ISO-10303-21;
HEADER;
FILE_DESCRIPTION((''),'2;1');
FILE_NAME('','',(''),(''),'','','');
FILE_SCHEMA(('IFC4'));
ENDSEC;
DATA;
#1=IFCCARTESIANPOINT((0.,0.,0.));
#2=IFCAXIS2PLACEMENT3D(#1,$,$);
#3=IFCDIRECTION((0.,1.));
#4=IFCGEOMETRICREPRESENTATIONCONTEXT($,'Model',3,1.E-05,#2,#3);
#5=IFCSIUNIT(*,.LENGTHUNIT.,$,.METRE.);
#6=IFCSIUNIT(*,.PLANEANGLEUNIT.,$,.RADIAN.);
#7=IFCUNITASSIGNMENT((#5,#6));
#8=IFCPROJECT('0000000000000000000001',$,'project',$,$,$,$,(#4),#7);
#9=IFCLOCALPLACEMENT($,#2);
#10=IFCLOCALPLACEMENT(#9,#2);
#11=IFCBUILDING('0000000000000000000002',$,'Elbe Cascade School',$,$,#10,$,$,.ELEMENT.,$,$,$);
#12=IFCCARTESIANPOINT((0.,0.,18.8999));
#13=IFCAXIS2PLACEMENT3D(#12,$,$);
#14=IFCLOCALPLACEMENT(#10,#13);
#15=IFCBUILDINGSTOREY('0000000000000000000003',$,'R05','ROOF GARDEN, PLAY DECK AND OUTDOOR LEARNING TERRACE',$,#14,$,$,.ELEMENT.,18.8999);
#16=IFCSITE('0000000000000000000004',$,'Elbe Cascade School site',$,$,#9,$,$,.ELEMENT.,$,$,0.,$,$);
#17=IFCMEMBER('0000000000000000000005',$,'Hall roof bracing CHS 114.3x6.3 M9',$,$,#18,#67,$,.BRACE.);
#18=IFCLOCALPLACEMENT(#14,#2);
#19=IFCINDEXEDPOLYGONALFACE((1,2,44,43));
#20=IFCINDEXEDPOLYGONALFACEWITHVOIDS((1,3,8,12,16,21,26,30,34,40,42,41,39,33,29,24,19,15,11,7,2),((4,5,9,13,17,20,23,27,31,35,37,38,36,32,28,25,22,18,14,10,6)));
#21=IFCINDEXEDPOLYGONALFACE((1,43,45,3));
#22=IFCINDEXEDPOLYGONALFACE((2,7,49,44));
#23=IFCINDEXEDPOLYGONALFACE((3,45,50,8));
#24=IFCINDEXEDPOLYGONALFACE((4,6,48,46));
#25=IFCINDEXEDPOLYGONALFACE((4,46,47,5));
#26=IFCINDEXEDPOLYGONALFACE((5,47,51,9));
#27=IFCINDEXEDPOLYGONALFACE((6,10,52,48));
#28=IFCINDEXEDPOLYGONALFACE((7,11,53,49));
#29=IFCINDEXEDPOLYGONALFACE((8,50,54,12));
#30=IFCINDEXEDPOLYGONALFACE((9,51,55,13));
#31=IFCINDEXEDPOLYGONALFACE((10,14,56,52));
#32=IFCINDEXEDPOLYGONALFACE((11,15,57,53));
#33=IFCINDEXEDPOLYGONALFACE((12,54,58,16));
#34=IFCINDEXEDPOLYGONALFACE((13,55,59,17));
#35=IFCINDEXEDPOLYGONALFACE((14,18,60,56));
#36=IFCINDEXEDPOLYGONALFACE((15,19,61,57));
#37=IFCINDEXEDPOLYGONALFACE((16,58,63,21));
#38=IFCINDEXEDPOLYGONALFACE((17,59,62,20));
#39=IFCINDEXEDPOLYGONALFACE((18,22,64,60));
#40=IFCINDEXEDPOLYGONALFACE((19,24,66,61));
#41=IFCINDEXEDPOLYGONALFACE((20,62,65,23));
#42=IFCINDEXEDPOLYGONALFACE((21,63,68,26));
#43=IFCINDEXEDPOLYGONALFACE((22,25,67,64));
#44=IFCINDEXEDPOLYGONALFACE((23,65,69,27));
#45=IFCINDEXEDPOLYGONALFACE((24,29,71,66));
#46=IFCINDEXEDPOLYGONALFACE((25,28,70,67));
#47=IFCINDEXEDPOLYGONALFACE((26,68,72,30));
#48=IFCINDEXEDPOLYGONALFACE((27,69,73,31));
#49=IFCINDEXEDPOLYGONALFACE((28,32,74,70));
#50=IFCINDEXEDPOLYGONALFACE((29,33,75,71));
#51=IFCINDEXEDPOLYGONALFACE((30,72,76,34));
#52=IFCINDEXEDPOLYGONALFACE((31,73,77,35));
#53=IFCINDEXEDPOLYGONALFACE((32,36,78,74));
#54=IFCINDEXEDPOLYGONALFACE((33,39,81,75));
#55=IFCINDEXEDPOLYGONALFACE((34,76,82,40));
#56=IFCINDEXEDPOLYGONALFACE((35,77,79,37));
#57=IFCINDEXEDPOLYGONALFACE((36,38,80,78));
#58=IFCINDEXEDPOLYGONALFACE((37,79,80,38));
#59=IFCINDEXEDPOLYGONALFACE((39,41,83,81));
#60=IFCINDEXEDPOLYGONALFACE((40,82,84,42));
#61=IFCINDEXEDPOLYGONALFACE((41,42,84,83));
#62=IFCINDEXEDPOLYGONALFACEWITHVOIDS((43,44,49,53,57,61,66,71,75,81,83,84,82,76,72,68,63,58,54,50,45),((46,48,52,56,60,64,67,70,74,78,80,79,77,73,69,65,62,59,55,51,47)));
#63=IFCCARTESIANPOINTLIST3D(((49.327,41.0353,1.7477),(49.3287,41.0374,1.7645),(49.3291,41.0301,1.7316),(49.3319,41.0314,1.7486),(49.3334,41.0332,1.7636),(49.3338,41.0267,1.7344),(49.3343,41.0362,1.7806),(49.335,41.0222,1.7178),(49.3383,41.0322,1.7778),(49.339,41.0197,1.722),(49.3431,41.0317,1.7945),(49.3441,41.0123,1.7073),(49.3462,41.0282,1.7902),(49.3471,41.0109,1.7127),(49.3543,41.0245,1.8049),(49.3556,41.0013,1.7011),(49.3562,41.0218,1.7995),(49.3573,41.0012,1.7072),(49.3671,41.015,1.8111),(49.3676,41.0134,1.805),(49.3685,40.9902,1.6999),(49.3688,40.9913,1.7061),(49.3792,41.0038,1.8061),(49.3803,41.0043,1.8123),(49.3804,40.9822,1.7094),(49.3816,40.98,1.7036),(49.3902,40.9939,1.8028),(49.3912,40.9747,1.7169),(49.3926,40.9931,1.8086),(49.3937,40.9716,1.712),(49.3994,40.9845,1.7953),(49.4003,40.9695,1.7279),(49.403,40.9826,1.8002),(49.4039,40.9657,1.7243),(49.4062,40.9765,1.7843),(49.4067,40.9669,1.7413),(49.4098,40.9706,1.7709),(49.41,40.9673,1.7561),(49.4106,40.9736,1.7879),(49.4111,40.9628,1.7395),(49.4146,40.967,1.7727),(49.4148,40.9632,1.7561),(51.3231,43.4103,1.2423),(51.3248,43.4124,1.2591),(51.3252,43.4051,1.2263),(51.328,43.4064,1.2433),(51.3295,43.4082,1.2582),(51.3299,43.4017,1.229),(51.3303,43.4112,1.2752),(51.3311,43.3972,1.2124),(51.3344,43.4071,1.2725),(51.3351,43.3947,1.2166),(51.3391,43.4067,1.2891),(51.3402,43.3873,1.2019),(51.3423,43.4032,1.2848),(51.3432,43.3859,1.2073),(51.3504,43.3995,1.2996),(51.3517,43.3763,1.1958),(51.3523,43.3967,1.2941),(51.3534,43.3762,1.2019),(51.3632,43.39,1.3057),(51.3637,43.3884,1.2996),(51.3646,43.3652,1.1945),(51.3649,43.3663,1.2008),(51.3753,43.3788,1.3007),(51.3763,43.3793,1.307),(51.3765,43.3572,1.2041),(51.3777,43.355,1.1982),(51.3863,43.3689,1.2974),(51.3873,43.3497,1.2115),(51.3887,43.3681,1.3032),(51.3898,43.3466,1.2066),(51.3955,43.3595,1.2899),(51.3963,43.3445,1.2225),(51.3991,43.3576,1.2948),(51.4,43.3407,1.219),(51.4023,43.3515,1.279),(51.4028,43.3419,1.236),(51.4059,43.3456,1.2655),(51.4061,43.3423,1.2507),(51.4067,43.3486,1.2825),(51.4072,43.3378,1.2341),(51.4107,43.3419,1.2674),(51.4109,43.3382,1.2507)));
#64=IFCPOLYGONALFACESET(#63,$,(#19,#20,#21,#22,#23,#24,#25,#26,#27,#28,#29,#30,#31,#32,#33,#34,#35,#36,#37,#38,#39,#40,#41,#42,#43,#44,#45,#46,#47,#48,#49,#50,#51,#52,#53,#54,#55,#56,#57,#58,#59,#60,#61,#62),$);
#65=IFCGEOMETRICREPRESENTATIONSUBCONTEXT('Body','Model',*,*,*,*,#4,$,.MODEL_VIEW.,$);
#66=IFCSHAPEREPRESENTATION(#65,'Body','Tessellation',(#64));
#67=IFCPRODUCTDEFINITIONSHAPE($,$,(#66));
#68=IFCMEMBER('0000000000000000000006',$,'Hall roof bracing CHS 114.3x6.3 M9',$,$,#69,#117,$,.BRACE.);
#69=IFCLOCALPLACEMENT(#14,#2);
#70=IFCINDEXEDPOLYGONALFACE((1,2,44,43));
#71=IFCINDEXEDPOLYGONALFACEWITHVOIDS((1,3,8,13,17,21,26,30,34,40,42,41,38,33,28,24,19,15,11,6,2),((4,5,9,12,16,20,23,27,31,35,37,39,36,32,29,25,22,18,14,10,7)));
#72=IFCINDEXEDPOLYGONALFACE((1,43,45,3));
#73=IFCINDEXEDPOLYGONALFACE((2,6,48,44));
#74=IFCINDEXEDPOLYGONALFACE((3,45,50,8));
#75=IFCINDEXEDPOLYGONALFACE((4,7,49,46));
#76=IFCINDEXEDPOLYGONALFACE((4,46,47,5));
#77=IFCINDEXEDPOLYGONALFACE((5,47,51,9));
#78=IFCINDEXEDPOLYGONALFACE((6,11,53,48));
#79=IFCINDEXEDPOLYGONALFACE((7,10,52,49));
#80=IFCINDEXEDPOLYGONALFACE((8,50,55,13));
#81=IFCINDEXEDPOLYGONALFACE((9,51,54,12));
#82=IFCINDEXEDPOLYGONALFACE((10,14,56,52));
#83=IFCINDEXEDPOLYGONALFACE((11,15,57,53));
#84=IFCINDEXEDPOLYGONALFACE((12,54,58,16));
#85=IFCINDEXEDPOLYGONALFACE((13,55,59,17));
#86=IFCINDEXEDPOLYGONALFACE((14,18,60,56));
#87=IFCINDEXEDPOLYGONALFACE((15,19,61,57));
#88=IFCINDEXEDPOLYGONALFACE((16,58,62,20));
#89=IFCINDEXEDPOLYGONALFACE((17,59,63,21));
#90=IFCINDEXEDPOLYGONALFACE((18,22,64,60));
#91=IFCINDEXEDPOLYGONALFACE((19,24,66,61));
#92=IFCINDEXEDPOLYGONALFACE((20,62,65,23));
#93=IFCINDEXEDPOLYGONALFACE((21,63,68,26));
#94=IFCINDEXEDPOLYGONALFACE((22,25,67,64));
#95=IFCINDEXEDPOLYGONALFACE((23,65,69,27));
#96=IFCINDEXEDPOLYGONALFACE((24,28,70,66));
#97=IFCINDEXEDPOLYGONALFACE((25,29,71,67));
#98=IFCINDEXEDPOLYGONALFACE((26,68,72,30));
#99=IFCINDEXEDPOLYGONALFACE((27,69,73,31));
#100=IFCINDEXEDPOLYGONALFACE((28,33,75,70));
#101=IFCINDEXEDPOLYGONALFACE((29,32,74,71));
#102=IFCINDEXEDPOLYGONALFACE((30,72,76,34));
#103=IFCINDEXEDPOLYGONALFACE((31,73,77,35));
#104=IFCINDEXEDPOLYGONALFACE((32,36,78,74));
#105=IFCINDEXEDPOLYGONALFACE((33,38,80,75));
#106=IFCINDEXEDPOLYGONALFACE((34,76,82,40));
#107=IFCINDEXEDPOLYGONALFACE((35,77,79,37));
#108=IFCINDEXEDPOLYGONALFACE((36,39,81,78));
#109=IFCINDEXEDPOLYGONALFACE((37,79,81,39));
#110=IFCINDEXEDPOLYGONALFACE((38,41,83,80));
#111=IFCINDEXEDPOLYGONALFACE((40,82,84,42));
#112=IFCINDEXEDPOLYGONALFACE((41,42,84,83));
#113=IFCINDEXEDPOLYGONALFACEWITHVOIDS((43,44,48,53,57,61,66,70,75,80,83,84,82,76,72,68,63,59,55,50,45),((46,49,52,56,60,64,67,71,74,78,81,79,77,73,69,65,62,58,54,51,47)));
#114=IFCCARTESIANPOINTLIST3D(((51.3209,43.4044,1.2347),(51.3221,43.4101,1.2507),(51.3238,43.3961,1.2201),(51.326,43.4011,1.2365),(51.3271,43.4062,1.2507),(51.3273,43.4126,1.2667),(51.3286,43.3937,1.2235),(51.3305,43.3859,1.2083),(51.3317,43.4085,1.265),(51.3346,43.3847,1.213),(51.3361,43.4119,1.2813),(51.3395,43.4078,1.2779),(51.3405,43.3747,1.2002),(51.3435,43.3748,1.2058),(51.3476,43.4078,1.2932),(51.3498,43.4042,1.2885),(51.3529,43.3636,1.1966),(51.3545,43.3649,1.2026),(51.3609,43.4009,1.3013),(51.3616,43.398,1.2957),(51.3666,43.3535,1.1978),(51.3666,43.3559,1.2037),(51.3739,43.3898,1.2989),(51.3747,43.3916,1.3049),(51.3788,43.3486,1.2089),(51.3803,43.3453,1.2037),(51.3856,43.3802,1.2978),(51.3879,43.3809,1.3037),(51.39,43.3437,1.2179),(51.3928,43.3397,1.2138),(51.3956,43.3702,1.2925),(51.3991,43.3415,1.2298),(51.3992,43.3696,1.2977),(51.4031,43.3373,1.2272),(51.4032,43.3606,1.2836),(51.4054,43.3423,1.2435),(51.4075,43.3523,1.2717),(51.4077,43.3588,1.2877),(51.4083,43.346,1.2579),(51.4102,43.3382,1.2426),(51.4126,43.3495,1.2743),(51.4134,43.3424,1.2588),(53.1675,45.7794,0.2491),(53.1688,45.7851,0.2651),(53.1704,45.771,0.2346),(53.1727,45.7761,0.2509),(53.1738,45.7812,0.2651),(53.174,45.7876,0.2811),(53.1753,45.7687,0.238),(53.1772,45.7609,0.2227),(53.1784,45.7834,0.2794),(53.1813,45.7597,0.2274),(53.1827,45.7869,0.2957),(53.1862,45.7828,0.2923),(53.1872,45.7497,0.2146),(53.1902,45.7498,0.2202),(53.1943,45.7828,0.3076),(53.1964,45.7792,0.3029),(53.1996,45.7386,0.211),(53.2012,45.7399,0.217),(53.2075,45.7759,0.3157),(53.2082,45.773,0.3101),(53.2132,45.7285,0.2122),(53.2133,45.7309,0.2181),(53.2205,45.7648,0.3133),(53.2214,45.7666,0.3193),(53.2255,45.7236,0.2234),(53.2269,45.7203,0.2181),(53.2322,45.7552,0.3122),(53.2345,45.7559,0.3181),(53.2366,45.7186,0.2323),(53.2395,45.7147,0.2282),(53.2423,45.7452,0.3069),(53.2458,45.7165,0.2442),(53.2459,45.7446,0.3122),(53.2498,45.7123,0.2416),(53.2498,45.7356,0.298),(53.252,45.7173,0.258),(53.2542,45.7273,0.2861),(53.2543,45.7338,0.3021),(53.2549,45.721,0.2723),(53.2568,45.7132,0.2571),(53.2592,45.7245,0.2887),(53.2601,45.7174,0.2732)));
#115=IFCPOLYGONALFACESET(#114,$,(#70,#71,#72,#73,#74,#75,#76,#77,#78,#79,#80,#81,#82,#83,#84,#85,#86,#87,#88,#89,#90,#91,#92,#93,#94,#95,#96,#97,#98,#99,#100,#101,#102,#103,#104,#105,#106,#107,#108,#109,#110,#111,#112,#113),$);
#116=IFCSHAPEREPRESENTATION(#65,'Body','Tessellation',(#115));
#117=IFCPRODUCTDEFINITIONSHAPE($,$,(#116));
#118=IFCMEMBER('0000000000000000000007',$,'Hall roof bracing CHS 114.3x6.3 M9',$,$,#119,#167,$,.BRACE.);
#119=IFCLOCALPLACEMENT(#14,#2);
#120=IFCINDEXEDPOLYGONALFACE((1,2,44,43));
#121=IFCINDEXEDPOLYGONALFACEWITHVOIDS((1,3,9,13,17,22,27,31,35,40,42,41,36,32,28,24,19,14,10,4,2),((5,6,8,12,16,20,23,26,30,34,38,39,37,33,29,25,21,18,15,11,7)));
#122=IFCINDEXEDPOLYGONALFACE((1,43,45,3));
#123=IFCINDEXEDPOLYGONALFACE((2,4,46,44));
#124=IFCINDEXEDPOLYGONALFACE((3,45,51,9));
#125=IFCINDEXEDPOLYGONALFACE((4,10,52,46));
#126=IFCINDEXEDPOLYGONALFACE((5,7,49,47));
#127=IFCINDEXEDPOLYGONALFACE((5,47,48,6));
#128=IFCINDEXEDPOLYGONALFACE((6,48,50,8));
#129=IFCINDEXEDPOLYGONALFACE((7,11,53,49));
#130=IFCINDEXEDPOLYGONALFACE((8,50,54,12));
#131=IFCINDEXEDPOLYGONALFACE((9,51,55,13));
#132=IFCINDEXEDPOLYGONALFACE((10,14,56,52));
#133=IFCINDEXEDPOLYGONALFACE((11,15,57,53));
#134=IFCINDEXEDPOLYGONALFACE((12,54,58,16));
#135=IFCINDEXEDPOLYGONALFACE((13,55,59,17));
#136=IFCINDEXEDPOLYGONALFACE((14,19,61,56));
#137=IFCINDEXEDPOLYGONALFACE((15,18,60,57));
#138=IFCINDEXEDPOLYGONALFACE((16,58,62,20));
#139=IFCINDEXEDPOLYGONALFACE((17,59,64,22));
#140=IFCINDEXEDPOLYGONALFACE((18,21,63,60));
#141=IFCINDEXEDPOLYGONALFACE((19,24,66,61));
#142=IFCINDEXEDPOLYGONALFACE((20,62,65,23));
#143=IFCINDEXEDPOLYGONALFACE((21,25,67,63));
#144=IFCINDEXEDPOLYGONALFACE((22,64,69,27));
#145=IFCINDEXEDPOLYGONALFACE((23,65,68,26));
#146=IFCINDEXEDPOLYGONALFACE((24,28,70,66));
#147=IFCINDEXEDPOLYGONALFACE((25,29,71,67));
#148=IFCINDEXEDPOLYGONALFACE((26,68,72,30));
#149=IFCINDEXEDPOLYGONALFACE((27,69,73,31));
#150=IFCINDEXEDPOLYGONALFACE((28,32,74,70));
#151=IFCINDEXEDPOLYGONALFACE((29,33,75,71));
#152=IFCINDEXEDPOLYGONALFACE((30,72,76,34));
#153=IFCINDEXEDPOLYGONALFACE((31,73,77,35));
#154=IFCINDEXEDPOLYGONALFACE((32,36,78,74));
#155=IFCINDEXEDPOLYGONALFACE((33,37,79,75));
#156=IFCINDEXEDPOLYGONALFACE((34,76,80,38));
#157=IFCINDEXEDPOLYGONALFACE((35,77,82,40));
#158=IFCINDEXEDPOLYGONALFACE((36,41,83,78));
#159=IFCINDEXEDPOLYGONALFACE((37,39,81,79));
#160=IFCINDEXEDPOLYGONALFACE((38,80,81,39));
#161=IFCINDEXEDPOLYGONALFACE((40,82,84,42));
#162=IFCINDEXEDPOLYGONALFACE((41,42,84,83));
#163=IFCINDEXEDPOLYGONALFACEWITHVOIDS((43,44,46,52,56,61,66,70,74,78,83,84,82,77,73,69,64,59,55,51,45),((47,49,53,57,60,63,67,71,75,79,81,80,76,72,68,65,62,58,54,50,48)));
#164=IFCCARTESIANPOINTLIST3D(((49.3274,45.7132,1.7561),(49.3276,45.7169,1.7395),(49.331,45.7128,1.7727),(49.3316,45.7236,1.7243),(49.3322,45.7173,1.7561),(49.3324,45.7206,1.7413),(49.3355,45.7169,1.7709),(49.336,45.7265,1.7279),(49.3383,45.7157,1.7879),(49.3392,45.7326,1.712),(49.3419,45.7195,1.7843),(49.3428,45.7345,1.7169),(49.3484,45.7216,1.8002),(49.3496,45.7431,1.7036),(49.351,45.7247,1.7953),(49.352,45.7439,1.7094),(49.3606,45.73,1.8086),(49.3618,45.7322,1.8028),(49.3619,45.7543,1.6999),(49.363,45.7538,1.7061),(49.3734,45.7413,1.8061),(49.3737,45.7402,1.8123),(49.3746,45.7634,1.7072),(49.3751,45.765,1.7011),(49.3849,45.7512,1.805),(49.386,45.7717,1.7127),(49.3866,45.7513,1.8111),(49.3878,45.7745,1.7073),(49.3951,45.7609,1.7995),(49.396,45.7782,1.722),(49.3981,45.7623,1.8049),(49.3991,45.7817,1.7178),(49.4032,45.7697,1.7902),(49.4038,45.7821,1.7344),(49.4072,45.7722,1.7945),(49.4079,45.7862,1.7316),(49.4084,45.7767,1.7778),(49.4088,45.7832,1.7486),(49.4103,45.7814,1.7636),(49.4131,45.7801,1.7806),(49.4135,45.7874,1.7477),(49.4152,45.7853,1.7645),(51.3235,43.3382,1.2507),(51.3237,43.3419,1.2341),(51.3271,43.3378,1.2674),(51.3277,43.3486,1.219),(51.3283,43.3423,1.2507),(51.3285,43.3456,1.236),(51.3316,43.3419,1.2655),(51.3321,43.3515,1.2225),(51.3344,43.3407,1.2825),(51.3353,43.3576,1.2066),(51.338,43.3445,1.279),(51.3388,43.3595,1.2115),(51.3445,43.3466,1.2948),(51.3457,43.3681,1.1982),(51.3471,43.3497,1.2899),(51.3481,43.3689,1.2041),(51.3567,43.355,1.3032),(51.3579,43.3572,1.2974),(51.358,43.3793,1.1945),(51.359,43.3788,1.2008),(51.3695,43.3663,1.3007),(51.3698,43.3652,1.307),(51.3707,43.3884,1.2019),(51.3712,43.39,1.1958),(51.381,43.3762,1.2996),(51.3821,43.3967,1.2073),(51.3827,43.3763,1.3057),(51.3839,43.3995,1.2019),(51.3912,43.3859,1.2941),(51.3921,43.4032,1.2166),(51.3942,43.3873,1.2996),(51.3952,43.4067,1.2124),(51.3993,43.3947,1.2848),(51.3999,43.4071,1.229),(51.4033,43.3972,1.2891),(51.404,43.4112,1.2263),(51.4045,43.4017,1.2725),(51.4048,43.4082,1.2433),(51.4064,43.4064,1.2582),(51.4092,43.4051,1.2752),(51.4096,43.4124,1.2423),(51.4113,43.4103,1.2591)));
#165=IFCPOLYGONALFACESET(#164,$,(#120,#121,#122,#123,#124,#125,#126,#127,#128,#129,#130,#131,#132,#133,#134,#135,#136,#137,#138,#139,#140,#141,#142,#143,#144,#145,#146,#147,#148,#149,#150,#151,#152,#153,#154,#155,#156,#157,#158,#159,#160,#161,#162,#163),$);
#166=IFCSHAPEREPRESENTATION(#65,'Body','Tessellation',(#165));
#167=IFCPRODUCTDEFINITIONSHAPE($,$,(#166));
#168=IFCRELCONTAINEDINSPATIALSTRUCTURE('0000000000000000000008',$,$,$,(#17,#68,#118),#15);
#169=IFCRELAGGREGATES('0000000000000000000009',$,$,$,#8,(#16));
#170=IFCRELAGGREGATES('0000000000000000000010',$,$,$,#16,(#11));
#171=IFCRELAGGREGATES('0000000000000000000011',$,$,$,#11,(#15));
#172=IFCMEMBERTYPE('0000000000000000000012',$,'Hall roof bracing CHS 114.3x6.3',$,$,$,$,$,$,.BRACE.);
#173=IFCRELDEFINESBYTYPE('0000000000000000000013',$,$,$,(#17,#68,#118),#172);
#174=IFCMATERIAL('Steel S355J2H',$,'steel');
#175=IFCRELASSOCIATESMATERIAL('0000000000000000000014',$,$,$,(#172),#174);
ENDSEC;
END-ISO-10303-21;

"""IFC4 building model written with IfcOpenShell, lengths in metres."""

from ifc_helpers import new_model, si_unit, direction, frame, origin, origin_2d, place, context, subcontext, project, spatial, hollow_circle, extrude, material, material_profile, profile_set, type_object, element, save


model = new_model("IFC4")

# Units and contexts
model_context = context("Model", 3, precision=1e-05, world=origin(), true_north=direction((0.0, 1.0)))
body_context = subcontext(model_context, "Body", "Model", "MODEL_VIEW")
ifc_project = project(units=[si_unit("LENGTHUNIT", "METRE"), si_unit("PLANEANGLEUNIT", "RADIAN")], contexts=[model_context])

# Site, building, storey
site_placement = place(None, origin())
site = spatial("IfcSite", under=ifc_project, at=site_placement, Name="Elbe Cascade School site", CompositionType="ELEMENT", RefElevation=0.0)
building_placement = place(site_placement, origin())
building = spatial("IfcBuilding", under=site, at=building_placement, Name="Elbe Cascade School", CompositionType="ELEMENT")
storey_placement = place(building_placement, frame((0.0, 0.0, 18.8999)))
storey = spatial("IfcBuildingStorey", under=building, at=storey_placement, Name="R05", Description="ROOF GARDEN, PLAY DECK AND OUTDOOR LEARNING TERRACE", CompositionType="ELEMENT", Elevation=18.8999)

# Members
ifc_material_1 = material(Name="Steel S355J2H", Category="steel")
ifc_material_profile_1 = material_profile(ifc_material_1, hollow_circle(Radius=0.0571, WallThickness=0.0063, at=origin_2d()), Name="CHS 114.3x6.3")
ifc_profile_set_1 = profile_set([ifc_material_profile_1], Name="Steel S355J2H")
member_type_1 = type_object("IfcMemberType", Name="Hall roof bracing CHS 114.3x6.3", PredefinedType="BRACE", material=ifc_profile_set_1)
member_1_placement = place(storey_placement, frame((51.3672, 43.375, 1.2507), z_axis=(-0.635029, -0.755572, 0.160777), x_axis=(0.765531, -0.643399, 0.0)))
element("IfcMember", 1, at=member_1_placement, inside=storey, type_object=member_type_1, Name="Hall roof bracing CHS 114.3x6.3 M9", PredefinedType="BRACE", context=body_context, shape_type="SweptSolid", body=[
    extrude(hollow_circle(Radius=0.0571, WallThickness=0.0063, at=origin_2d()), origin(), (0.0, 0.0, 1.0), 3.1433),
])
member_2_placement = place(storey_placement, frame((51.3672, 43.375, 1.2507), z_axis=(0.583323, 0.750207, -0.311327), x_axis=(-0.78944, 0.613828, 0.0)))
element("IfcMember", 2, at=member_2_placement, inside=storey, type_object=member_type_1, Name="Hall roof bracing CHS 114.3x6.3 M9", PredefinedType="BRACE", context=body_context, shape_type="SweptSolid", body=[
    extrude(hollow_circle(Radius=0.0571, WallThickness=0.0063, at=origin_2d()), origin(), (0.0, 0.0, 1.0), 3.1658),
])
member_3_placement = place(storey_placement, frame((51.3672, 43.375, 1.2507), z_axis=(-0.635029, 0.755572, 0.160777), x_axis=(-0.765531, -0.643399, 0.0)))
element("IfcMember", 3, at=member_3_placement, inside=storey, type_object=member_type_1, Name="Hall roof bracing CHS 114.3x6.3 M9", PredefinedType="BRACE", context=body_context, shape_type="SweptSolid", body=[
    extrude(hollow_circle(Radius=0.0571, WallThickness=0.0063, at=origin_2d()), origin(), (0.0, 0.0, 1.0), 3.1433),
])

save(model, "model.ifc")
